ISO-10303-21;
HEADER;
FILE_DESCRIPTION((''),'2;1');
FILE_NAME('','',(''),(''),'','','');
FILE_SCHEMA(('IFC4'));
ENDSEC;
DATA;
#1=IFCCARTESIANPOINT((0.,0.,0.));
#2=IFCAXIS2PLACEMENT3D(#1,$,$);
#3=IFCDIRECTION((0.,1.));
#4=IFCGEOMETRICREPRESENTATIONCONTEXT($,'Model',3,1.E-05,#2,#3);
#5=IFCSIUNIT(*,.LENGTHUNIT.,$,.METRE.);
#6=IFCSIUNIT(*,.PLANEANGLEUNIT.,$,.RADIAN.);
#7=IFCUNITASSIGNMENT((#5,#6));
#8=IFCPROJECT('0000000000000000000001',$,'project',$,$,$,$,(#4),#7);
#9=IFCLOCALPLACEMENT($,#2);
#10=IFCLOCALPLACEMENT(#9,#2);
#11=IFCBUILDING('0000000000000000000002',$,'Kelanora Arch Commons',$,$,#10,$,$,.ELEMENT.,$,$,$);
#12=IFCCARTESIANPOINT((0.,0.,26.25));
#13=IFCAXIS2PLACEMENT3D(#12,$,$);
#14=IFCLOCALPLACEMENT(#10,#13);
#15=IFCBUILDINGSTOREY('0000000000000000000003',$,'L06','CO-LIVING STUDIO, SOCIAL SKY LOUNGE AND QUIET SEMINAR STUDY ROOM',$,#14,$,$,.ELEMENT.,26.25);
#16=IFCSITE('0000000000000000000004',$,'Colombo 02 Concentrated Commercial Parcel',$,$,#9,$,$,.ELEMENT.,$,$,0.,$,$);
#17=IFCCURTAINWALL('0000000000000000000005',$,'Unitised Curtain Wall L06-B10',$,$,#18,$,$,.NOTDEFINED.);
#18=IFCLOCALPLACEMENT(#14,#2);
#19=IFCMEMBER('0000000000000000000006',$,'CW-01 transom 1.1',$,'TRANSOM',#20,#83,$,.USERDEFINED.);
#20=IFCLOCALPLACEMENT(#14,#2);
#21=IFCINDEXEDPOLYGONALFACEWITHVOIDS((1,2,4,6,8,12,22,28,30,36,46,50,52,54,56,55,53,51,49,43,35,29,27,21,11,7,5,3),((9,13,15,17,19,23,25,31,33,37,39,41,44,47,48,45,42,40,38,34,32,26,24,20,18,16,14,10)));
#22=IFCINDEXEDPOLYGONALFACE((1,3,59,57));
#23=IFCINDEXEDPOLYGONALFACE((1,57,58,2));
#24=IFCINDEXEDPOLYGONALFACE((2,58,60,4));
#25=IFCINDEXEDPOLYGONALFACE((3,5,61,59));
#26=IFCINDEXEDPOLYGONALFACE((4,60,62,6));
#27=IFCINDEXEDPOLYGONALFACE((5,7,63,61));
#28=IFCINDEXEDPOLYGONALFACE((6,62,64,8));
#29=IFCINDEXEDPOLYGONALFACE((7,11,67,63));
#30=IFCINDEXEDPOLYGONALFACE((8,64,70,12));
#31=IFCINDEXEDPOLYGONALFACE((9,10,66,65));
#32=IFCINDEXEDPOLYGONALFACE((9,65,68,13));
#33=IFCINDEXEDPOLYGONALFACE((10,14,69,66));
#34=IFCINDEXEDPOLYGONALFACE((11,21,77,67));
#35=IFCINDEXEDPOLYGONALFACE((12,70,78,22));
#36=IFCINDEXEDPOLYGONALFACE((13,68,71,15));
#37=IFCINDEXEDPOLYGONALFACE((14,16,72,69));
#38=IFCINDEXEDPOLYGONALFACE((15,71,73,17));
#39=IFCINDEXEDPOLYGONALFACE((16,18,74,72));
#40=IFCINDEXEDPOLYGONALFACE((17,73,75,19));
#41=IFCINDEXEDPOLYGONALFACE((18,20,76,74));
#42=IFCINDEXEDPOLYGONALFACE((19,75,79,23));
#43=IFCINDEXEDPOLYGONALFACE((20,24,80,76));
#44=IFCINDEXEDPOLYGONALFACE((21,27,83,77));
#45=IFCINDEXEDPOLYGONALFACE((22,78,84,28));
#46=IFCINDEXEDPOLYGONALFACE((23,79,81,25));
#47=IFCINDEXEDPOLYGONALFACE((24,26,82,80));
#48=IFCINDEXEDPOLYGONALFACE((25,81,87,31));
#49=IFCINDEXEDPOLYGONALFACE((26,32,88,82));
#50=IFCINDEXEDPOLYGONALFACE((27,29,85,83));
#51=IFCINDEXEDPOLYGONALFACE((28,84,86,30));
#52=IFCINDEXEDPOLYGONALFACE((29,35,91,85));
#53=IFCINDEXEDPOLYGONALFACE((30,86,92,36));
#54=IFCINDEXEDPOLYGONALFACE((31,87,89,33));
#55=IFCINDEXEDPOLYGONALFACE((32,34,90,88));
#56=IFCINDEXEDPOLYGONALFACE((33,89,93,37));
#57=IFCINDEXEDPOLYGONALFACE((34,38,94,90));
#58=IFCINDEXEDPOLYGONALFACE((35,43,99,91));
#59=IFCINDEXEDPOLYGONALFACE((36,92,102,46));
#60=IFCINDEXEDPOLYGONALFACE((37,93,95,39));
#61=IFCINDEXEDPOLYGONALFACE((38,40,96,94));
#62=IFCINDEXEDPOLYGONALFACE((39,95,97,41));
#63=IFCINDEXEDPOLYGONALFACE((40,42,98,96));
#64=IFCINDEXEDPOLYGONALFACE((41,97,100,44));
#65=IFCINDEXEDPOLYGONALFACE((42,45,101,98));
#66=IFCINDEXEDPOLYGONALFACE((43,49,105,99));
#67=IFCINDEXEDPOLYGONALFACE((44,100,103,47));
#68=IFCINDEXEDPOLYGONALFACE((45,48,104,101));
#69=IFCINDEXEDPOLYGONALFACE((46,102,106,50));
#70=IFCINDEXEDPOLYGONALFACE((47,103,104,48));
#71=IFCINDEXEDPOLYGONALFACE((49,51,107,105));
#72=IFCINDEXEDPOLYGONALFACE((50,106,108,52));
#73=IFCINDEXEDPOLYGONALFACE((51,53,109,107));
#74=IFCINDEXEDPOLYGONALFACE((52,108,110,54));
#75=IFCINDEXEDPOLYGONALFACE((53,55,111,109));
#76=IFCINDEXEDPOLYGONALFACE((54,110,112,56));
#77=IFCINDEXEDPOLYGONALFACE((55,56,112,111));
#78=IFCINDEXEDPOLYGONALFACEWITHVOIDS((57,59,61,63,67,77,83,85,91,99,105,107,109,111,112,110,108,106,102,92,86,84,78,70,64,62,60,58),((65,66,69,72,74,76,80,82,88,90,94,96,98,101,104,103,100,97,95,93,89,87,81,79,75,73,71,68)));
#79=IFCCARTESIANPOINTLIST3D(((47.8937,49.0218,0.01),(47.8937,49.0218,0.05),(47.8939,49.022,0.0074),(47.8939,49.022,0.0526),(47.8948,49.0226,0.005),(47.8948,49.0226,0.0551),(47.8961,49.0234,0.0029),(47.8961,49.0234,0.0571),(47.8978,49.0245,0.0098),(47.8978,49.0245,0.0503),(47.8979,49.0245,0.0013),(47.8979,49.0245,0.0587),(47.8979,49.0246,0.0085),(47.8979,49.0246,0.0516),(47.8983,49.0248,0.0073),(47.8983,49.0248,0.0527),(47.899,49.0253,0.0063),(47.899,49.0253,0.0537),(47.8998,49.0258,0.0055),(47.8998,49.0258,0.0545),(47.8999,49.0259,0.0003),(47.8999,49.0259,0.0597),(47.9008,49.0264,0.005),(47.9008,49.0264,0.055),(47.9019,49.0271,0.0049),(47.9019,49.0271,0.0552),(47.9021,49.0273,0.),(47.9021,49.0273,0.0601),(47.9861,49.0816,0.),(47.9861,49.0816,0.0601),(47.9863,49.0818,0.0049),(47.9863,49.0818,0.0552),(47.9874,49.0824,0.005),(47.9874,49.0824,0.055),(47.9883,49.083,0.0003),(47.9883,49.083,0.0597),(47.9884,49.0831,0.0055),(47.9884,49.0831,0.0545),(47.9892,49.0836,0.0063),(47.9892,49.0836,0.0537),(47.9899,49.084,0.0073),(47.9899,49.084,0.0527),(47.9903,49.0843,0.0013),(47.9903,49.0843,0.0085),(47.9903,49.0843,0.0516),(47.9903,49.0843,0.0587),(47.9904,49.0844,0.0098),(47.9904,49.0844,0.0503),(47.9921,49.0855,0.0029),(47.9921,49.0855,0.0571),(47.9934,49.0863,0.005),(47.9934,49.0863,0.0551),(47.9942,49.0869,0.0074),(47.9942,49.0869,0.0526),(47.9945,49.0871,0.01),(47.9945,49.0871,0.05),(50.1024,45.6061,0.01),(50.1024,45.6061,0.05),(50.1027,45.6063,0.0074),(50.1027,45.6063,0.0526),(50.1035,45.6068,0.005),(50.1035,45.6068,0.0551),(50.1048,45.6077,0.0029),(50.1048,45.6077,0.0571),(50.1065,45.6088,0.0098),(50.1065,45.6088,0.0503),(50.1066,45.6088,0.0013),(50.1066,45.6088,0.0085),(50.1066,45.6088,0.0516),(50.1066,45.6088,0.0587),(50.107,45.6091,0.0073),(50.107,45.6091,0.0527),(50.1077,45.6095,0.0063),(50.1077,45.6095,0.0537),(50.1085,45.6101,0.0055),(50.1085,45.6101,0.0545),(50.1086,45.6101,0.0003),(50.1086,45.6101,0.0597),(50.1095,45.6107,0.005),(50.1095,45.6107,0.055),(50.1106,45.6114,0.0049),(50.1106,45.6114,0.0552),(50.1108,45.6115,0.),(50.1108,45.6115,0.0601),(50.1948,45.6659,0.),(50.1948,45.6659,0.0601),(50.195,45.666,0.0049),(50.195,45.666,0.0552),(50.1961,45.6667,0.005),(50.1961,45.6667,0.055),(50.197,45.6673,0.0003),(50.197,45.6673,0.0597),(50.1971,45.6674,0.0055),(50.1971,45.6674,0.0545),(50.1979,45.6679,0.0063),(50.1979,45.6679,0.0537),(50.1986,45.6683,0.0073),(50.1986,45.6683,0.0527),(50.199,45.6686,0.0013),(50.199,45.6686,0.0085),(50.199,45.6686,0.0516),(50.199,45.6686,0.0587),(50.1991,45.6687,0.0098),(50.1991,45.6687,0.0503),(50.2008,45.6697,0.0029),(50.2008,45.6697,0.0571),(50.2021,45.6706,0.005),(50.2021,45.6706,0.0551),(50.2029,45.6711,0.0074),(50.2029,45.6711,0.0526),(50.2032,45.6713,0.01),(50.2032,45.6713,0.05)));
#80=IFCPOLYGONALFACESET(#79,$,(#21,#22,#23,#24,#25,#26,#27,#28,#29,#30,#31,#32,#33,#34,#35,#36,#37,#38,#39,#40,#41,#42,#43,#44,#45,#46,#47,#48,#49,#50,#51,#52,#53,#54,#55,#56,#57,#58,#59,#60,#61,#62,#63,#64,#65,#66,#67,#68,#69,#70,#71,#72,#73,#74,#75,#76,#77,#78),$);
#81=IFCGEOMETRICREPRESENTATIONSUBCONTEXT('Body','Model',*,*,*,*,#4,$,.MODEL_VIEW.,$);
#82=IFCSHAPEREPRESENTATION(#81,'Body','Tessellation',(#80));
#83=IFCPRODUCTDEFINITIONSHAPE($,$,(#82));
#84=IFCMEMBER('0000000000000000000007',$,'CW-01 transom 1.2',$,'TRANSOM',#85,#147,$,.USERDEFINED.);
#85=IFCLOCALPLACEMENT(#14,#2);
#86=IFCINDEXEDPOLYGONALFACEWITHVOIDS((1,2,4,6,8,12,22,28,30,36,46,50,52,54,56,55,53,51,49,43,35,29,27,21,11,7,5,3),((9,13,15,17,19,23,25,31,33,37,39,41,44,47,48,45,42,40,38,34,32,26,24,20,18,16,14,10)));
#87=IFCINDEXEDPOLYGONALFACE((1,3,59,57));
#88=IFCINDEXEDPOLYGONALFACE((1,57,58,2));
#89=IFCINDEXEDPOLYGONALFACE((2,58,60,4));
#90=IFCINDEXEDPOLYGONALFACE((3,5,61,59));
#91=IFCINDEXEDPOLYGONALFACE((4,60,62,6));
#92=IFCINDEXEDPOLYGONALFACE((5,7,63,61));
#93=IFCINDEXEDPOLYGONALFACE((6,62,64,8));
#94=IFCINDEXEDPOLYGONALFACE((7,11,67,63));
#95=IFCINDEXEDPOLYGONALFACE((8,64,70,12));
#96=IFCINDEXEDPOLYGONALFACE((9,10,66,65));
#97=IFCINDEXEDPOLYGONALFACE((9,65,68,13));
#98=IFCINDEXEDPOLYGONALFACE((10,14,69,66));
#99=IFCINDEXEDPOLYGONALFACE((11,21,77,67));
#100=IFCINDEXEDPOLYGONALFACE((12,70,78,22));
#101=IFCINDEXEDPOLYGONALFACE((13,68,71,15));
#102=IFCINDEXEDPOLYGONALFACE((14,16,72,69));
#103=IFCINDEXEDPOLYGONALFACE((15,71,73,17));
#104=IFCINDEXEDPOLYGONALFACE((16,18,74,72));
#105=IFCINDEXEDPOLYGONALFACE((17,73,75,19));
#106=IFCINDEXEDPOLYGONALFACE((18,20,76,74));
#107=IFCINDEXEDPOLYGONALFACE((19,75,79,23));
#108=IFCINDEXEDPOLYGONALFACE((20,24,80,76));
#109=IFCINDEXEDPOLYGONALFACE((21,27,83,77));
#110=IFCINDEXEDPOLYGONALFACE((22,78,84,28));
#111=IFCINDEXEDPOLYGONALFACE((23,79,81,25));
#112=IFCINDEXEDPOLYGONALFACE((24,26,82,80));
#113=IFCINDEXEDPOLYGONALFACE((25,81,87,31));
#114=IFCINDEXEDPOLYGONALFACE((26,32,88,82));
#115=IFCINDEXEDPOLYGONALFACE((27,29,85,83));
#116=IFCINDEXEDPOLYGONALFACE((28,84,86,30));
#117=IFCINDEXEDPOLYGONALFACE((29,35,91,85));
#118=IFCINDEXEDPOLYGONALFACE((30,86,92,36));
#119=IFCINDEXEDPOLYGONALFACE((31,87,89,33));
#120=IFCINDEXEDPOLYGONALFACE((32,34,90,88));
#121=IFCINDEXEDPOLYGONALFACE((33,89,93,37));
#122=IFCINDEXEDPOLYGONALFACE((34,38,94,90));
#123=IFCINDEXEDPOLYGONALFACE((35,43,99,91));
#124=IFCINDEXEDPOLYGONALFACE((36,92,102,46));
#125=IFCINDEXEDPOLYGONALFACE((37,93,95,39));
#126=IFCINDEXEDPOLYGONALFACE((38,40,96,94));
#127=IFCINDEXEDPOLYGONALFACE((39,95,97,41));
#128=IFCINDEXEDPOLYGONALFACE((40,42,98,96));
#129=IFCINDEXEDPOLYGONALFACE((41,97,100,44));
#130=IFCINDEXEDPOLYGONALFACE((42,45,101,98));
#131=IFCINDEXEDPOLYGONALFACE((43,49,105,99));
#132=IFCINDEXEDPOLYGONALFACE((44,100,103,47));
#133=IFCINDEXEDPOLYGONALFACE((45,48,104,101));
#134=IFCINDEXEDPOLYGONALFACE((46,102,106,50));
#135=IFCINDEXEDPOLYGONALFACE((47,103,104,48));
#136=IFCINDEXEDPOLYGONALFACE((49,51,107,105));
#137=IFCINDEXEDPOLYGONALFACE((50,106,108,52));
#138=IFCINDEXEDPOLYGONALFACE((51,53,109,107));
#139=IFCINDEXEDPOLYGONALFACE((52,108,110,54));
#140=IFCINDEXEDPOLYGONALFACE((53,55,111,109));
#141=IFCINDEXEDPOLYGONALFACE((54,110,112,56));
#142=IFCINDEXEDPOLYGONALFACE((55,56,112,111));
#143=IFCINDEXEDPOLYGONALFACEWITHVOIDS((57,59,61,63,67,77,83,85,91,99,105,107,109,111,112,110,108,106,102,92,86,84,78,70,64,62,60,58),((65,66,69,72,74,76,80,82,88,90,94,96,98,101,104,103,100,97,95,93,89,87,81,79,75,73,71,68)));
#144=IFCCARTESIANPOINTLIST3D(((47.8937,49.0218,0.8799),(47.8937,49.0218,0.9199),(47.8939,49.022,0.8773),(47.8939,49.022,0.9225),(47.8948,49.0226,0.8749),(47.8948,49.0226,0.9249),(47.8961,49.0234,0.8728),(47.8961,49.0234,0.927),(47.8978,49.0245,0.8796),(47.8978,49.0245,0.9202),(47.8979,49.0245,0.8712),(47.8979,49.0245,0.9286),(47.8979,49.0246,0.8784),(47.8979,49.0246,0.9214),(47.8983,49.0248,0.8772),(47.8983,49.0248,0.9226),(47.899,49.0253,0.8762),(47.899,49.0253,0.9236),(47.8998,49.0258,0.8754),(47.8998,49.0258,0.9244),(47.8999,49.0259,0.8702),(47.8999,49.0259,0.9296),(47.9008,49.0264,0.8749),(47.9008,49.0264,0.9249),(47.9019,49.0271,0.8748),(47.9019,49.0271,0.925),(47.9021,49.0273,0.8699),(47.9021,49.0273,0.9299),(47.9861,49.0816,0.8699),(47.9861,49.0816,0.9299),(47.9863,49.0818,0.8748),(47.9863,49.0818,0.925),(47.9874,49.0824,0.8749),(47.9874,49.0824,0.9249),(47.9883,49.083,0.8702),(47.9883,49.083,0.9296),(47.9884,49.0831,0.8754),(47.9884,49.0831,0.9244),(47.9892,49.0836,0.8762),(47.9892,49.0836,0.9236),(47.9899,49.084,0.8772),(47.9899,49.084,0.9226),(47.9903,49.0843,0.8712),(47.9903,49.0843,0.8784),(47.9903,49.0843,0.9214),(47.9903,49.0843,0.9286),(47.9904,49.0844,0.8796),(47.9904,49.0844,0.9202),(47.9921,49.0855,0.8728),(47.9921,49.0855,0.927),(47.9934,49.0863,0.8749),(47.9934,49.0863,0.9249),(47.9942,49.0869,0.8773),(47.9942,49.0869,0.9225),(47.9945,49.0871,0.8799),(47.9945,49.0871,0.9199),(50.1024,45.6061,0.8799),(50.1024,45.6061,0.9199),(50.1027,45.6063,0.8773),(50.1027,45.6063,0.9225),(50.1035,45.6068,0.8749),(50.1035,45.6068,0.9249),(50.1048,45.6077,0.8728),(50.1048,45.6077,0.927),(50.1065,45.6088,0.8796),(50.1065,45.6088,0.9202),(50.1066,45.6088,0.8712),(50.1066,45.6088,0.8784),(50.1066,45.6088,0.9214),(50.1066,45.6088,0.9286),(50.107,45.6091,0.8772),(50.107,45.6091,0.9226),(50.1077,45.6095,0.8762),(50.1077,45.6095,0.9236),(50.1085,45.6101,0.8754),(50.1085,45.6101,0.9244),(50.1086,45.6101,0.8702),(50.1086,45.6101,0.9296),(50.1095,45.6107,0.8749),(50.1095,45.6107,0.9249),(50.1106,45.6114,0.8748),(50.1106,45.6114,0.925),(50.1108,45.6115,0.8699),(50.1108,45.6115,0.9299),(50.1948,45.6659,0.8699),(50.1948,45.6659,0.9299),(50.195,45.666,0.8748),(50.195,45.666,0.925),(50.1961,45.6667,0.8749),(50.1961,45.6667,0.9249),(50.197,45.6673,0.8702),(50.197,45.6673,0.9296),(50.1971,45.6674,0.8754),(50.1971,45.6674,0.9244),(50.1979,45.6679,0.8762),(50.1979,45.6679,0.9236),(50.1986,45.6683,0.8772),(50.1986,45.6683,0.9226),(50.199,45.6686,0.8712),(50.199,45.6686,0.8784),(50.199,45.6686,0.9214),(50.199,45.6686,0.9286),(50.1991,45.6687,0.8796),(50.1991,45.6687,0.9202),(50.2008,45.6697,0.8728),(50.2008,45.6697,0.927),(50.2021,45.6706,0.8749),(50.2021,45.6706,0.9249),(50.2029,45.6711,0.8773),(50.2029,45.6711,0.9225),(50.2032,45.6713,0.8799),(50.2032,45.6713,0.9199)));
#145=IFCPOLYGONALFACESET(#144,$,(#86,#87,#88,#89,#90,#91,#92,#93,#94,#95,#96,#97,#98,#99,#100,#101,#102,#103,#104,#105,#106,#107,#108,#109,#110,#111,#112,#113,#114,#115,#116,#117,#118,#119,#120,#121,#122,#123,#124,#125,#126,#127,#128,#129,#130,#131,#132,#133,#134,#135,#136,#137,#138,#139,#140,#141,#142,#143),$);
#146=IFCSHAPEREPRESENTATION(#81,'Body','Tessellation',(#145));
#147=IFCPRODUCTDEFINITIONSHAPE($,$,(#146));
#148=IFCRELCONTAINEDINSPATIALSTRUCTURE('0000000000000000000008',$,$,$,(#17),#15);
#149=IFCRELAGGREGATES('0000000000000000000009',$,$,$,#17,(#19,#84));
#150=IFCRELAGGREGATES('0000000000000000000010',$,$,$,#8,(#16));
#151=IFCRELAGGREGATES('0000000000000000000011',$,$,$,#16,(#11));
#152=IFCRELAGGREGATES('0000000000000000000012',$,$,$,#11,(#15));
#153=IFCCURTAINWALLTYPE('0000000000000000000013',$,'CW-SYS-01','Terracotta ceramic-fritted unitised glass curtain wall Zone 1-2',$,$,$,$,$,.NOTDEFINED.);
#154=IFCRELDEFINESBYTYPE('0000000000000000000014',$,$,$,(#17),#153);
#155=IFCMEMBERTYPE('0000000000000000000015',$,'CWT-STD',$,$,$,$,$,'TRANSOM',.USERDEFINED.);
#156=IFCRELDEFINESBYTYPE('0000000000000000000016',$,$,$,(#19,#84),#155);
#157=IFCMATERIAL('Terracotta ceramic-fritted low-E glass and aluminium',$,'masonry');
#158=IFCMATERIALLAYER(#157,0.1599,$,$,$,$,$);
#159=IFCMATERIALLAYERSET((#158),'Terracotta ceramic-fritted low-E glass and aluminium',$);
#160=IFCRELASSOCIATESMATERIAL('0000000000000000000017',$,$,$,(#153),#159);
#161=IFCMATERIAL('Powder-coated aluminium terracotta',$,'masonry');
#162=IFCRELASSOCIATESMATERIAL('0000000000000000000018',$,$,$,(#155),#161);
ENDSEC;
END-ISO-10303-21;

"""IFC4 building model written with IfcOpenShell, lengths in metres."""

from ifc_helpers import new_model, si_unit, direction, frame, origin, origin_2d, place, context, subcontext, project, spatial, hollow_rectangle, extrude, material, layer, layer_set, material_profile, profile_set, type_object, element, aggregate, save


model = new_model("IFC4")

# Units and contexts
model_context = context("Model", 3, precision=1e-05, world=origin(), true_north=direction((0.0, 1.0)))
body_context = subcontext(model_context, "Body", "Model", "MODEL_VIEW")
ifc_project = project(units=[si_unit("LENGTHUNIT", "METRE"), si_unit("PLANEANGLEUNIT", "RADIAN")], contexts=[model_context])

# Site, building, storey
site_placement = place(None, origin())
site = spatial("IfcSite", under=ifc_project, at=site_placement, Name="Colombo 02 Concentrated Commercial Parcel", CompositionType="ELEMENT", RefElevation=0.0)
building_placement = place(site_placement, origin())
building = spatial("IfcBuilding", under=site, at=building_placement, Name="Kelanora Arch Commons", CompositionType="ELEMENT")
storey_placement = place(building_placement, frame((0.0, 0.0, 26.25)))
storey = spatial("IfcBuildingStorey", under=building, at=storey_placement, Name="L06", Description="CO-LIVING STUDIO, SOCIAL SKY LOUNGE AND QUIET SEMINAR STUDY ROOM", CompositionType="ELEMENT", Elevation=26.25)

# Shared definitions
ifc_material_1 = material(Name="Terracotta ceramic-fritted low-E glass and aluminium", Category="masonry")
ifc_layer_1 = layer(ifc_material_1, 0.1599)
ifc_layer_set_1 = layer_set([ifc_layer_1], Name="Terracotta ceramic-fritted low-E glass and aluminium")
curtain_wall_type = type_object("IfcCurtainWallType", Name="CW-SYS-01", Description="Terracotta ceramic-fritted unitised glass curtain wall Zone 1-2", PredefinedType="NOTDEFINED", material=ifc_layer_set_1)
ifc_material_2 = material(Name="Powder-coated aluminium terracotta", Category="masonry")

# Curtain wall, members
curtain_wall_1_placement = place(storey_placement, origin())
curtain_wall_1 = element("IfcCurtainWall", 1, at=curtain_wall_1_placement, inside=storey, type_object=curtain_wall_type, Name="Unitised Curtain Wall L06-B10", PredefinedType="NOTDEFINED")
ifc_material_profile_1 = material_profile(ifc_material_2, hollow_rectangle(XDim=0.1201, YDim=0.0601, WallThickness=0.0049, InnerFilletRadius=0.0049, OuterFilletRadius=0.01, at=origin_2d()), Name="CWT120x60")
ifc_profile_set_1 = profile_set([ifc_material_profile_1], Name="Powder-coated aluminium terracotta")
member_type_1 = type_object("IfcMemberType", Name="CWT-STD", ElementType="TRANSOM", PredefinedType="USERDEFINED", material=ifc_profile_set_1)
member_1_placement = place(storey_placement, frame((47.9441, 49.0544, 0.03), z_axis=(0.542997, -0.839734, 0.0), x_axis=(0.839734, 0.542997, 0.0)))
member_1 = element("IfcMember", 2, at=member_1_placement, type_object=member_type_1, Name="CW-01 transom 1.1", ObjectType="TRANSOM", PredefinedType="USERDEFINED", context=body_context, shape_type="SweptSolid", body=[
    extrude(hollow_rectangle(XDim=0.1201, YDim=0.0601, WallThickness=0.0049, InnerFilletRadius=0.0049, OuterFilletRadius=0.01, at=origin_2d()), origin(), (0.0, 0.0, 1.0), 4.0676),
])
member_2_placement = place(storey_placement, frame((47.9441, 49.0544, 0.8999), z_axis=(0.542997, -0.839734, 0.0), x_axis=(0.839734, 0.542997, 0.0)))
member_2 = element("IfcMember", 3, at=member_2_placement, type_object=member_type_1, Name="CW-01 transom 1.2", ObjectType="TRANSOM", PredefinedType="USERDEFINED", context=body_context, shape_type="SweptSolid", body=[
    extrude(hollow_rectangle(XDim=0.1201, YDim=0.0601, WallThickness=0.0049, InnerFilletRadius=0.0049, OuterFilletRadius=0.01, at=origin_2d()), origin(), (0.0, 0.0, 1.0), 4.0676),
])

aggregate(curtain_wall_1, [member_1, member_2])

save(model, "model.ifc")
